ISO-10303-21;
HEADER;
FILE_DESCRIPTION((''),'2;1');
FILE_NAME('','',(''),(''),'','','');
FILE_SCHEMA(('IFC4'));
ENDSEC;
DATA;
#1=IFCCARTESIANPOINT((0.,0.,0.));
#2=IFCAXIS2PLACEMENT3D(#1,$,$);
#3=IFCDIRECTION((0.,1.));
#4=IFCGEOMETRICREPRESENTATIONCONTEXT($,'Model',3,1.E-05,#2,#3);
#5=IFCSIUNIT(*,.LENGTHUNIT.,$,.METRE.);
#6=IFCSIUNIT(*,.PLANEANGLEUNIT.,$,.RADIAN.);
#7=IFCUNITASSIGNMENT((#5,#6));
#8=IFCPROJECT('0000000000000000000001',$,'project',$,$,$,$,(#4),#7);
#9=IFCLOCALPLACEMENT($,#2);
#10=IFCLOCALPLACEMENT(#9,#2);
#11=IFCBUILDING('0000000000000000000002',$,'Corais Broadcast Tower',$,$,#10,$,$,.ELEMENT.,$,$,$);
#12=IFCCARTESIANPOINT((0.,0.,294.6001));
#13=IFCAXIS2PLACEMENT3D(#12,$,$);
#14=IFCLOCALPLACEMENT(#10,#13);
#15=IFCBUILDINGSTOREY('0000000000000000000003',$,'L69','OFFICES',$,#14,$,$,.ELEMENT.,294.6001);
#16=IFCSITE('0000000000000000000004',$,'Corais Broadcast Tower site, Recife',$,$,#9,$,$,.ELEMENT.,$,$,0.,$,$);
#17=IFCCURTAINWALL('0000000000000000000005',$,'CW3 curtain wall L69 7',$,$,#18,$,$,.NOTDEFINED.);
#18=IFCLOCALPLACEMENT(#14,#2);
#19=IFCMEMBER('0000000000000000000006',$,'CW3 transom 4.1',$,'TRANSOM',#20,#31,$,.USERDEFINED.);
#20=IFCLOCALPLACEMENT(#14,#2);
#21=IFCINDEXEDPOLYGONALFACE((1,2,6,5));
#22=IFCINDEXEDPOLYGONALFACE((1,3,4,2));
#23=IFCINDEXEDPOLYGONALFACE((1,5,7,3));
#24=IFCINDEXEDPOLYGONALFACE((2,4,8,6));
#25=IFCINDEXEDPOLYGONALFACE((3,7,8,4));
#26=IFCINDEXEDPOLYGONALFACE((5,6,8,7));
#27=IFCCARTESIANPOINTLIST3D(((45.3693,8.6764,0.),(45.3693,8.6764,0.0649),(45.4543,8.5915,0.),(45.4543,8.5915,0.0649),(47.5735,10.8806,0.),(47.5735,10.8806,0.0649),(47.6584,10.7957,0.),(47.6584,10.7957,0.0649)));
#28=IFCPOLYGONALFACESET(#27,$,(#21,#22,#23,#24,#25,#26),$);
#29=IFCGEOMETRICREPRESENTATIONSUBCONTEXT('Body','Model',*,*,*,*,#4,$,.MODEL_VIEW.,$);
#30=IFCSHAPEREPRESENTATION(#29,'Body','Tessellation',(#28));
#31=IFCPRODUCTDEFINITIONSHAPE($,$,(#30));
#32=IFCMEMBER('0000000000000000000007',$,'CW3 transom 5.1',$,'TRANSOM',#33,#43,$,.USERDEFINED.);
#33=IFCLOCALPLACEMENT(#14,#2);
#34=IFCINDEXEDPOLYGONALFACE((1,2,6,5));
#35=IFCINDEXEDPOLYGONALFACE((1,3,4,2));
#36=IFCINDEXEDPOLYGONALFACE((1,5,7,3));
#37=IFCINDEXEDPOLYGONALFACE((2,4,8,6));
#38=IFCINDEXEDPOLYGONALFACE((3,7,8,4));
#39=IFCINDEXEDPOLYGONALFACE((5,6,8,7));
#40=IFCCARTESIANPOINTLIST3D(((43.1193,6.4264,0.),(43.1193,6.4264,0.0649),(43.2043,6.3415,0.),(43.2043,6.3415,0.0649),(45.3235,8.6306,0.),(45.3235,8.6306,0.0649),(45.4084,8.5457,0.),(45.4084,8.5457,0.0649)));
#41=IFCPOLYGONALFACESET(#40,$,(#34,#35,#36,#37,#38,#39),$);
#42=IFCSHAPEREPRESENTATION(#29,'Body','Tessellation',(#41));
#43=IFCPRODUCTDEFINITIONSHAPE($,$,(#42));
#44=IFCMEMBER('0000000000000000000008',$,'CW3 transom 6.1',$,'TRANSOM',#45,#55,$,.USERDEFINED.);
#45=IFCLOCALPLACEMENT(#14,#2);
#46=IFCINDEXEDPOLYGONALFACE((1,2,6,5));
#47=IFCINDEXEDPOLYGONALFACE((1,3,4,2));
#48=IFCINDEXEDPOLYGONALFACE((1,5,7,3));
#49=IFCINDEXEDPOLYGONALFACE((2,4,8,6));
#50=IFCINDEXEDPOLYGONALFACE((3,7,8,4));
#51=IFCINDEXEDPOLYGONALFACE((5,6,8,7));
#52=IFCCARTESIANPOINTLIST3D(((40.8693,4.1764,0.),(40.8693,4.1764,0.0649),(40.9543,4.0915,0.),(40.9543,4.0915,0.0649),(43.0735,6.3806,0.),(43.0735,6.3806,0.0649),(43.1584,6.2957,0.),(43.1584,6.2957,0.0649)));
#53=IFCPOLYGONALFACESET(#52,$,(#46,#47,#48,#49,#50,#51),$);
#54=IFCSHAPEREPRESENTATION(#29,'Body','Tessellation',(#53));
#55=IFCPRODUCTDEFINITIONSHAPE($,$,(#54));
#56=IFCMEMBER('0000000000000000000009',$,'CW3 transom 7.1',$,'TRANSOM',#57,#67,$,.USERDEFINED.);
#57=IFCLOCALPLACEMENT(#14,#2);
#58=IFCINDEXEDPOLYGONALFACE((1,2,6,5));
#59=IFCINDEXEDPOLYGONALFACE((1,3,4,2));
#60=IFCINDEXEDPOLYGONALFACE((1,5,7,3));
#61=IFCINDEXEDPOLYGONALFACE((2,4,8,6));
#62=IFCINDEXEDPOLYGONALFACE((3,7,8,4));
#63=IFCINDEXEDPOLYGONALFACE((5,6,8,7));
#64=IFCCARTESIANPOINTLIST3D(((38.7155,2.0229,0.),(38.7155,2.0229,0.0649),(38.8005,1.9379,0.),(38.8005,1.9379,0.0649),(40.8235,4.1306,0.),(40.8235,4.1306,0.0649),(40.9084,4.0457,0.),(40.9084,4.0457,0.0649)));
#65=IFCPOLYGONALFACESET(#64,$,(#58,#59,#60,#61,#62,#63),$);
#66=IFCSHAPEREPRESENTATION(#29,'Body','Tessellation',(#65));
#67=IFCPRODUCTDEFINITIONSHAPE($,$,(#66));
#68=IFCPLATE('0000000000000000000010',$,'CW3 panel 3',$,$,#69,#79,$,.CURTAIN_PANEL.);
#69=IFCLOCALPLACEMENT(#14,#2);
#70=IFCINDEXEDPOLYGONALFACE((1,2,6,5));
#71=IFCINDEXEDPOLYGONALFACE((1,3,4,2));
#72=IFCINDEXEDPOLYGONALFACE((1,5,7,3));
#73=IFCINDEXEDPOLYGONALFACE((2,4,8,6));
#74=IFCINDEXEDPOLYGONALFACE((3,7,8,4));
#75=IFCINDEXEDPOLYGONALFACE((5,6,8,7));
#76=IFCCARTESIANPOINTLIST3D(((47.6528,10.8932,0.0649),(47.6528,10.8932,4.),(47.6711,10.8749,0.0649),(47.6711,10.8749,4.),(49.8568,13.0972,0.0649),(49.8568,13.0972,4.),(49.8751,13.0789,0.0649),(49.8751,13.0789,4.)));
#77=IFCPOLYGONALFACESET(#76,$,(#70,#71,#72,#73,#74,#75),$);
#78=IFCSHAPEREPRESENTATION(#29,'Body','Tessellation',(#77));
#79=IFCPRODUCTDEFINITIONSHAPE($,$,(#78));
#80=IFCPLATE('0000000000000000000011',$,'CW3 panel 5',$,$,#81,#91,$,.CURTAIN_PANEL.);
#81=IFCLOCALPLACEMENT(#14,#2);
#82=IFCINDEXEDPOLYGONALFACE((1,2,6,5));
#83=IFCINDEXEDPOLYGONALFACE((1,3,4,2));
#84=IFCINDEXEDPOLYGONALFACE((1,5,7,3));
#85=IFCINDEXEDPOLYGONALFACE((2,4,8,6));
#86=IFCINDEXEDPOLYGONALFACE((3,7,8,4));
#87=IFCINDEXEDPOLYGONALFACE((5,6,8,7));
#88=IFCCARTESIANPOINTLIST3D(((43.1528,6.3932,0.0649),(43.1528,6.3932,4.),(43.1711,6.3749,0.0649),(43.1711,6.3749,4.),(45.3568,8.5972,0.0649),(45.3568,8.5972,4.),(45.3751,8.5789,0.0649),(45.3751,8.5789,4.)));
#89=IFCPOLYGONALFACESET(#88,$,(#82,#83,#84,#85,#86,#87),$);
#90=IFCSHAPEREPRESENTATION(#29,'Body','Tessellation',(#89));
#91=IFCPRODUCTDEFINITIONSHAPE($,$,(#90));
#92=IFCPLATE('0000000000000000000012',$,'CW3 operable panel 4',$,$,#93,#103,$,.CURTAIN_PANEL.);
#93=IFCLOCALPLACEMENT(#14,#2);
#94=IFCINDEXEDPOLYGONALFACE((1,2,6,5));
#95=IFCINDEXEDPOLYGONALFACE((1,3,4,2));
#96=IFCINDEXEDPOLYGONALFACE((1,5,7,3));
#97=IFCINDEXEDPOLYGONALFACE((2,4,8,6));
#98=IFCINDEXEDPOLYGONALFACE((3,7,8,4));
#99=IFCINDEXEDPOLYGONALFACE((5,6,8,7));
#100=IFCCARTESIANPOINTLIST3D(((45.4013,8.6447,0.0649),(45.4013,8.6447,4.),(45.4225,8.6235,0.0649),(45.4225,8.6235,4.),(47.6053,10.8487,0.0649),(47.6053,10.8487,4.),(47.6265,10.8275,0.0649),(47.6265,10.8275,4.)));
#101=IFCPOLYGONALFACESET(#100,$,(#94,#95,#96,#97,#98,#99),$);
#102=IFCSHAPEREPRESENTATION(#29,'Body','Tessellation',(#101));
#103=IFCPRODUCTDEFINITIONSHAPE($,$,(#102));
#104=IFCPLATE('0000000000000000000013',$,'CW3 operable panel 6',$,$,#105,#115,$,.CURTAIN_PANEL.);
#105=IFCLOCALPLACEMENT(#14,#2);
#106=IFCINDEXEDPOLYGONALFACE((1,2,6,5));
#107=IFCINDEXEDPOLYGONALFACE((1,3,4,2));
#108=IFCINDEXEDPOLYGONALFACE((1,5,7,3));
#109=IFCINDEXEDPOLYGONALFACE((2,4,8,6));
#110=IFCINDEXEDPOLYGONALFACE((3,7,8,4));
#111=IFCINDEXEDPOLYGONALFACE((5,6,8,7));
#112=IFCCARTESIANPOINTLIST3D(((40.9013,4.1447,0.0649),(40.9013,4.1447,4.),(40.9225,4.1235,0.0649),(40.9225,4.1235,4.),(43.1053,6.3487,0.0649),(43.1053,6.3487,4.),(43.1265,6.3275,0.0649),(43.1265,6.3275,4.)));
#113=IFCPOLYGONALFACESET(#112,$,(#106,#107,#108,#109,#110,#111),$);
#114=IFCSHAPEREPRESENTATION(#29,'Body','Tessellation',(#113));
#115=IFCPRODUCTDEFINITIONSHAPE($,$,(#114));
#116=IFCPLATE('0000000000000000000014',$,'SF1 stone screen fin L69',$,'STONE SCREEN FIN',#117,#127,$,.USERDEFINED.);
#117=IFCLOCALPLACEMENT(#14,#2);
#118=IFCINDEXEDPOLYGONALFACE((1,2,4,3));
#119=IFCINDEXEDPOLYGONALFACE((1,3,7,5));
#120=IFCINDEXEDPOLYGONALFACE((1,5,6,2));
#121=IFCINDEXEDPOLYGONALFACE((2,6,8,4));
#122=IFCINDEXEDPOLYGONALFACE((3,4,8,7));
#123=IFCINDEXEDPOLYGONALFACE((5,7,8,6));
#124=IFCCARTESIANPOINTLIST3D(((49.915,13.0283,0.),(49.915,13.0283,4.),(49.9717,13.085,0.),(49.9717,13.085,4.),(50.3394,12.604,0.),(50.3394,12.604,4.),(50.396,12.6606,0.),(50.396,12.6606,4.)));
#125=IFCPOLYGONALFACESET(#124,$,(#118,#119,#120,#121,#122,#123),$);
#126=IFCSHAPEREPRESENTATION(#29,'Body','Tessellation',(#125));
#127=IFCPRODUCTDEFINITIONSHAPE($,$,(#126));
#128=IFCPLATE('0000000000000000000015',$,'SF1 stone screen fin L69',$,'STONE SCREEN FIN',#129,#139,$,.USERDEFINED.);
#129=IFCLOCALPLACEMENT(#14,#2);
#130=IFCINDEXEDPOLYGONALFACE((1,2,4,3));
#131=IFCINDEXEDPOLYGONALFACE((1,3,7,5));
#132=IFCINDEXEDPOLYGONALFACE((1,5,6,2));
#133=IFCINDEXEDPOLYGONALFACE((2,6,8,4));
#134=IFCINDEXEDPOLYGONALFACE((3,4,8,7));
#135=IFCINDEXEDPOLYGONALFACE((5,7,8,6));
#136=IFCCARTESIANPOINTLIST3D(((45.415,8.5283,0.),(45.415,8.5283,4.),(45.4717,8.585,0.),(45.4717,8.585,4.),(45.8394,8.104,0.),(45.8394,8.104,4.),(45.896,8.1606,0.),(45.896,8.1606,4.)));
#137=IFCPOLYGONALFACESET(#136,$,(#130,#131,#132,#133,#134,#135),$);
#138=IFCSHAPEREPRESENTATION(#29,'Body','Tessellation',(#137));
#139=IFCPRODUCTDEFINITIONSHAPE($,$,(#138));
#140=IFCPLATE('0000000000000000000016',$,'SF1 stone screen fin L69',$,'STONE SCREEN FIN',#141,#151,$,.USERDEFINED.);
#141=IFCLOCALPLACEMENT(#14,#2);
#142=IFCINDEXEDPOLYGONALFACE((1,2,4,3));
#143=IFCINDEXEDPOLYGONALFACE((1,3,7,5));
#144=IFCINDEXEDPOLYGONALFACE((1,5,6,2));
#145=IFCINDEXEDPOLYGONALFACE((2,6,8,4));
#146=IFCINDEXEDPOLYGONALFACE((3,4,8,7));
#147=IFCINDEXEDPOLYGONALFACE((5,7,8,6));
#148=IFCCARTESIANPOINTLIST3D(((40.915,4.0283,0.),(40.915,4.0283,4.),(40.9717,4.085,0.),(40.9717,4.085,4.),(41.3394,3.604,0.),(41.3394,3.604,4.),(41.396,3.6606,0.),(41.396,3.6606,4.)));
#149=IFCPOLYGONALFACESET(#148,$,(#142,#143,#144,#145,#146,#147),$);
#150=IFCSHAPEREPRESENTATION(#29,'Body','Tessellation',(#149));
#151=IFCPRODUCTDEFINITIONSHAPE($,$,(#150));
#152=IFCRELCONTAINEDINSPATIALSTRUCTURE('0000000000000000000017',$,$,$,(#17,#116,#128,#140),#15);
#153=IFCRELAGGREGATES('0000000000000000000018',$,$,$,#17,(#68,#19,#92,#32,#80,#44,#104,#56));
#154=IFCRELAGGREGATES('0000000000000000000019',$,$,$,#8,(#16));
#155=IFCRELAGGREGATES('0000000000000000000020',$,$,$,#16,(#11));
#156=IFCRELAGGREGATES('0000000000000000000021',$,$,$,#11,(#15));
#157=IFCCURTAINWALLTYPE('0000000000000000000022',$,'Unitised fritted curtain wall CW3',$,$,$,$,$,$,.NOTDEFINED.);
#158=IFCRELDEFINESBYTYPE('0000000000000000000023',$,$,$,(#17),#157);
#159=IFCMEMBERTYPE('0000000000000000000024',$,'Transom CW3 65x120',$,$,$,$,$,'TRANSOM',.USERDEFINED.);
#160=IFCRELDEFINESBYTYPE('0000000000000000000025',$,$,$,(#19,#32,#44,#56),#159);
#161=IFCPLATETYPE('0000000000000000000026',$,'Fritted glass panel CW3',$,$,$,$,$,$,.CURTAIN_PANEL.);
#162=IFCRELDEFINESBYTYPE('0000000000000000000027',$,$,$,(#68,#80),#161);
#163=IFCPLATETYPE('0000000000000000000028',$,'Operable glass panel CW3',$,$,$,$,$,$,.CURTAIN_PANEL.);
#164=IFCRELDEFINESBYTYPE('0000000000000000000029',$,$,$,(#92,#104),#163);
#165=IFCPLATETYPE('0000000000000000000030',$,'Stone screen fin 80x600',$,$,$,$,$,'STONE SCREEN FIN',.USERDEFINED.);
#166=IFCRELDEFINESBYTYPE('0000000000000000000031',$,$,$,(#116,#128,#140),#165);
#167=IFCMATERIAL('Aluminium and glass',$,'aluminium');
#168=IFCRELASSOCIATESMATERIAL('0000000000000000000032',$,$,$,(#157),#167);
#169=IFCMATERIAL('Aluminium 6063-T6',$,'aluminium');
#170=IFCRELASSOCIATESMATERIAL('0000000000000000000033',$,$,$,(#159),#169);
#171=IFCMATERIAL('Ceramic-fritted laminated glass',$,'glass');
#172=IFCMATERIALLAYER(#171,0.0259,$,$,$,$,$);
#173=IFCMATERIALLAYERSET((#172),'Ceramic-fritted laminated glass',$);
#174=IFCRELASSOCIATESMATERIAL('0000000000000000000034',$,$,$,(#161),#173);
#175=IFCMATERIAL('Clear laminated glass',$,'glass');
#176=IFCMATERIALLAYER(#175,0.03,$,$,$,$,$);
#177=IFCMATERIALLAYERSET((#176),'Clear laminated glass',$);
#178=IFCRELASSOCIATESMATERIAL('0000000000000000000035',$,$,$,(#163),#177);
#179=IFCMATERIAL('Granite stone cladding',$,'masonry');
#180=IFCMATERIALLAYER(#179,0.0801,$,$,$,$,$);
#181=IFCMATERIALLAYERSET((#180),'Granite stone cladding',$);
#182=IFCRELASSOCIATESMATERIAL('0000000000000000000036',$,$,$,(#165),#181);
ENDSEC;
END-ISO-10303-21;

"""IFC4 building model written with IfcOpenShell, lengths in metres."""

from ifc_helpers import new_model, si_unit, direction, frame, origin, origin_2d, place, context, subcontext, project, spatial, rectangle, extrude, material, layer, layer_set, material_profile, profile_set, type_object, element, aggregate, save


model = new_model("IFC4")

# Units and contexts
model_context = context("Model", 3, precision=1e-05, world=origin(), true_north=direction((0.0, 1.0)))
body_context = subcontext(model_context, "Body", "Model", "MODEL_VIEW")
ifc_project = project(units=[si_unit("LENGTHUNIT", "METRE"), si_unit("PLANEANGLEUNIT", "RADIAN")], contexts=[model_context])

# Site, building, storey
site_placement = place(None, origin())
site = spatial("IfcSite", under=ifc_project, at=site_placement, Name="Corais Broadcast Tower site, Recife", CompositionType="ELEMENT", RefElevation=0.0)
building_placement = place(site_placement, origin())
building = spatial("IfcBuilding", under=site, at=building_placement, Name="Corais Broadcast Tower", CompositionType="ELEMENT")
storey_placement = place(building_placement, frame((0.0, 0.0, 294.6001)))
storey = spatial("IfcBuildingStorey", under=building, at=storey_placement, Name="L69", Description="OFFICES", CompositionType="ELEMENT", Elevation=294.6001)

# Curtain wall
ifc_material_1 = material(Name="Aluminium and glass", Category="aluminium")
curtain_wall_type = type_object("IfcCurtainWallType", Name="Unitised fritted curtain wall CW3", PredefinedType="NOTDEFINED", material=ifc_material_1)
curtain_wall_placement = place(storey_placement, origin())
curtain_wall = element("IfcCurtainWall", 1, at=curtain_wall_placement, inside=storey, type_object=curtain_wall_type, Name="CW3 curtain wall L69 7", PredefinedType="NOTDEFINED")

# Members
ifc_material_2 = material(Name="Aluminium 6063-T6", Category="aluminium")
ifc_material_profile_1 = material_profile(ifc_material_2, rectangle(XDim=0.1201, YDim=0.0649, at=origin_2d()), Name="Transom CW3 65x120")
ifc_profile_set_1 = profile_set([ifc_material_profile_1], Name="Aluminium 6063-T6")
member_type_1 = type_object("IfcMemberType", Name="Transom CW3 65x120", ElementType="TRANSOM", PredefinedType="USERDEFINED", material=ifc_profile_set_1)
member_1_placement = place(storey_placement, frame((47.616, 10.8381, 0.0325), z_axis=(-0.707107, -0.707107, 0.0), x_axis=(0.707107, -0.707107, 0.0)))
member_1 = element("IfcMember", 2, at=member_1_placement, type_object=member_type_1, Name="CW3 transom 4.1", ObjectType="TRANSOM", PredefinedType="USERDEFINED", context=body_context, shape_type="SweptSolid", body=[
    extrude(rectangle(XDim=0.1201, YDim=0.0649, at=origin_2d()), origin(), (0.0, 0.0, 1.0), 3.1172),
])
member_2_placement = place(storey_placement, frame((45.366, 8.5881, 0.0325), z_axis=(-0.707107, -0.707107, 0.0), x_axis=(0.707107, -0.707107, 0.0)))
member_2 = element("IfcMember", 3, at=member_2_placement, type_object=member_type_1, Name="CW3 transom 5.1", ObjectType="TRANSOM", PredefinedType="USERDEFINED", context=body_context, shape_type="SweptSolid", body=[
    extrude(rectangle(XDim=0.1201, YDim=0.0649, at=origin_2d()), origin(), (0.0, 0.0, 1.0), 3.1172),
])
member_3_placement = place(storey_placement, frame((43.116, 6.3381, 0.0325), z_axis=(-0.707107, -0.707107, 0.0), x_axis=(0.707107, -0.707107, 0.0)))
member_3 = element("IfcMember", 4, at=member_3_placement, type_object=member_type_1, Name="CW3 transom 6.1", ObjectType="TRANSOM", PredefinedType="USERDEFINED", context=body_context, shape_type="SweptSolid", body=[
    extrude(rectangle(XDim=0.1201, YDim=0.0649, at=origin_2d()), origin(), (0.0, 0.0, 1.0), 3.1172),
])
member_4_placement = place(storey_placement, frame((40.866, 4.0881, 0.0325), z_axis=(-0.707148, -0.707066, 0.0), x_axis=(0.707066, -0.707148, 0.0)))
member_4 = element("IfcMember", 5, at=member_4_placement, type_object=member_type_1, Name="CW3 transom 7.1", ObjectType="TRANSOM", PredefinedType="USERDEFINED", context=body_context, shape_type="SweptSolid", body=[
    extrude(rectangle(XDim=0.1201, YDim=0.0649, at=origin_2d()), origin(), (0.0, 0.0, 1.0), 2.981),
])

# Plates
ifc_material_3 = material(Name="Ceramic-fritted laminated glass", Category="glass")
ifc_layer_1 = layer(ifc_material_3, 0.0259)
ifc_layer_set_1 = layer_set([ifc_layer_1], Name="Ceramic-fritted laminated glass")
plate_type_1 = type_object("IfcPlateType", Name="Fritted glass panel CW3", PredefinedType="CURTAIN_PANEL", material=ifc_layer_set_1)
plate_1_placement = place(storey_placement, frame((48.7639, 11.9861, 0.0649), z_axis=(0.0, 0.0, 1.0), x_axis=(-0.707107, -0.707107, 0.0)))
plate_1 = element("IfcPlate", 6, at=plate_1_placement, type_object=plate_type_1, Name="CW3 panel 3", PredefinedType="CURTAIN_PANEL", context=body_context, shape_type="SweptSolid", body=[
    extrude(rectangle(XDim=3.1169, YDim=0.0259, at=origin_2d()), origin(), (0.0, 0.0, 1.0), 3.9351),
])
plate_2_placement = place(storey_placement, frame((44.2639, 7.4861, 0.0649), z_axis=(0.0, 0.0, 1.0), x_axis=(-0.707107, -0.707107, 0.0)))
plate_2 = element("IfcPlate", 7, at=plate_2_placement, type_object=plate_type_1, Name="CW3 panel 5", PredefinedType="CURTAIN_PANEL", context=body_context, shape_type="SweptSolid", body=[
    extrude(rectangle(XDim=3.1169, YDim=0.0259, at=origin_2d()), origin(), (0.0, 0.0, 1.0), 3.9351),
])
ifc_material_4 = material(Name="Clear laminated glass", Category="glass")
ifc_layer_2 = layer(ifc_material_4, 0.03)
ifc_layer_set_2 = layer_set([ifc_layer_2], Name="Clear laminated glass")
plate_type_2 = type_object("IfcPlateType", Name="Operable glass panel CW3", PredefinedType="CURTAIN_PANEL", material=ifc_layer_set_2)
plate_3_placement = place(storey_placement, frame((46.5139, 9.7361, 0.0649), z_axis=(0.0, 0.0, 1.0), x_axis=(-0.707107, -0.707107, 0.0)))
plate_3 = element("IfcPlate", 8, at=plate_3_placement, type_object=plate_type_2, Name="CW3 operable panel 4", PredefinedType="CURTAIN_PANEL", context=body_context, shape_type="SweptSolid", body=[
    extrude(rectangle(XDim=3.1169, YDim=0.03, at=origin_2d()), origin(), (0.0, 0.0, 1.0), 3.9351),
])
plate_4_placement = place(storey_placement, frame((42.0139, 5.2361, 0.0649), z_axis=(0.0, 0.0, 1.0), x_axis=(-0.707107, -0.707107, 0.0)))
plate_4 = element("IfcPlate", 9, at=plate_4_placement, type_object=plate_type_2, Name="CW3 operable panel 6", PredefinedType="CURTAIN_PANEL", context=body_context, shape_type="SweptSolid", body=[
    extrude(rectangle(XDim=3.1169, YDim=0.03, at=origin_2d()), origin(), (0.0, 0.0, 1.0), 3.9351),
])
aggregate(curtain_wall, [plate_1, member_1, plate_3, member_2, plate_2, member_3, plate_4, member_4])

# Plates
ifc_material_5 = material(Name="Granite stone cladding", Category="masonry")
ifc_layer_3 = layer(ifc_material_5, 0.0801)
ifc_layer_set_3 = layer_set([ifc_layer_3], Name="Granite stone cladding")
plate_type_3 = type_object("IfcPlateType", Name="Stone screen fin 80x600", ElementType="STONE SCREEN FIN", PredefinedType="USERDEFINED", material=ifc_layer_set_3)
for number, where, z_axis, x_axis, name in (
    (10, (50.1555, 12.8445, 0.0), (0.0, 0.0, 1.0), (-0.707107, -0.707107, 0.0), "SF1 stone screen fin L69"),
    (11, (45.6555, 8.3445, 0.0), (0.0, 0.0, 1.0), (-0.707107, -0.707107, 0.0), "SF1 stone screen fin L69"),
    (12, (41.1555, 3.8445, 0.0), (0.0, 0.0, 1.0), (-0.707107, -0.707107, 0.0), "SF1 stone screen fin L69"),
):
    element("IfcPlate", number, at=place(storey_placement, frame(where, z_axis=z_axis, x_axis=x_axis)), inside=storey, type_object=plate_type_3, Name=name, ObjectType="STONE SCREEN FIN", PredefinedType="USERDEFINED", context=body_context, shape_type="SweptSolid", body=[
        extrude(rectangle(XDim=0.0801, YDim=0.6001, at=origin_2d()), origin(), (0.0, 0.0, 1.0), 4.0),
    ])

save(model, "model.ifc")
